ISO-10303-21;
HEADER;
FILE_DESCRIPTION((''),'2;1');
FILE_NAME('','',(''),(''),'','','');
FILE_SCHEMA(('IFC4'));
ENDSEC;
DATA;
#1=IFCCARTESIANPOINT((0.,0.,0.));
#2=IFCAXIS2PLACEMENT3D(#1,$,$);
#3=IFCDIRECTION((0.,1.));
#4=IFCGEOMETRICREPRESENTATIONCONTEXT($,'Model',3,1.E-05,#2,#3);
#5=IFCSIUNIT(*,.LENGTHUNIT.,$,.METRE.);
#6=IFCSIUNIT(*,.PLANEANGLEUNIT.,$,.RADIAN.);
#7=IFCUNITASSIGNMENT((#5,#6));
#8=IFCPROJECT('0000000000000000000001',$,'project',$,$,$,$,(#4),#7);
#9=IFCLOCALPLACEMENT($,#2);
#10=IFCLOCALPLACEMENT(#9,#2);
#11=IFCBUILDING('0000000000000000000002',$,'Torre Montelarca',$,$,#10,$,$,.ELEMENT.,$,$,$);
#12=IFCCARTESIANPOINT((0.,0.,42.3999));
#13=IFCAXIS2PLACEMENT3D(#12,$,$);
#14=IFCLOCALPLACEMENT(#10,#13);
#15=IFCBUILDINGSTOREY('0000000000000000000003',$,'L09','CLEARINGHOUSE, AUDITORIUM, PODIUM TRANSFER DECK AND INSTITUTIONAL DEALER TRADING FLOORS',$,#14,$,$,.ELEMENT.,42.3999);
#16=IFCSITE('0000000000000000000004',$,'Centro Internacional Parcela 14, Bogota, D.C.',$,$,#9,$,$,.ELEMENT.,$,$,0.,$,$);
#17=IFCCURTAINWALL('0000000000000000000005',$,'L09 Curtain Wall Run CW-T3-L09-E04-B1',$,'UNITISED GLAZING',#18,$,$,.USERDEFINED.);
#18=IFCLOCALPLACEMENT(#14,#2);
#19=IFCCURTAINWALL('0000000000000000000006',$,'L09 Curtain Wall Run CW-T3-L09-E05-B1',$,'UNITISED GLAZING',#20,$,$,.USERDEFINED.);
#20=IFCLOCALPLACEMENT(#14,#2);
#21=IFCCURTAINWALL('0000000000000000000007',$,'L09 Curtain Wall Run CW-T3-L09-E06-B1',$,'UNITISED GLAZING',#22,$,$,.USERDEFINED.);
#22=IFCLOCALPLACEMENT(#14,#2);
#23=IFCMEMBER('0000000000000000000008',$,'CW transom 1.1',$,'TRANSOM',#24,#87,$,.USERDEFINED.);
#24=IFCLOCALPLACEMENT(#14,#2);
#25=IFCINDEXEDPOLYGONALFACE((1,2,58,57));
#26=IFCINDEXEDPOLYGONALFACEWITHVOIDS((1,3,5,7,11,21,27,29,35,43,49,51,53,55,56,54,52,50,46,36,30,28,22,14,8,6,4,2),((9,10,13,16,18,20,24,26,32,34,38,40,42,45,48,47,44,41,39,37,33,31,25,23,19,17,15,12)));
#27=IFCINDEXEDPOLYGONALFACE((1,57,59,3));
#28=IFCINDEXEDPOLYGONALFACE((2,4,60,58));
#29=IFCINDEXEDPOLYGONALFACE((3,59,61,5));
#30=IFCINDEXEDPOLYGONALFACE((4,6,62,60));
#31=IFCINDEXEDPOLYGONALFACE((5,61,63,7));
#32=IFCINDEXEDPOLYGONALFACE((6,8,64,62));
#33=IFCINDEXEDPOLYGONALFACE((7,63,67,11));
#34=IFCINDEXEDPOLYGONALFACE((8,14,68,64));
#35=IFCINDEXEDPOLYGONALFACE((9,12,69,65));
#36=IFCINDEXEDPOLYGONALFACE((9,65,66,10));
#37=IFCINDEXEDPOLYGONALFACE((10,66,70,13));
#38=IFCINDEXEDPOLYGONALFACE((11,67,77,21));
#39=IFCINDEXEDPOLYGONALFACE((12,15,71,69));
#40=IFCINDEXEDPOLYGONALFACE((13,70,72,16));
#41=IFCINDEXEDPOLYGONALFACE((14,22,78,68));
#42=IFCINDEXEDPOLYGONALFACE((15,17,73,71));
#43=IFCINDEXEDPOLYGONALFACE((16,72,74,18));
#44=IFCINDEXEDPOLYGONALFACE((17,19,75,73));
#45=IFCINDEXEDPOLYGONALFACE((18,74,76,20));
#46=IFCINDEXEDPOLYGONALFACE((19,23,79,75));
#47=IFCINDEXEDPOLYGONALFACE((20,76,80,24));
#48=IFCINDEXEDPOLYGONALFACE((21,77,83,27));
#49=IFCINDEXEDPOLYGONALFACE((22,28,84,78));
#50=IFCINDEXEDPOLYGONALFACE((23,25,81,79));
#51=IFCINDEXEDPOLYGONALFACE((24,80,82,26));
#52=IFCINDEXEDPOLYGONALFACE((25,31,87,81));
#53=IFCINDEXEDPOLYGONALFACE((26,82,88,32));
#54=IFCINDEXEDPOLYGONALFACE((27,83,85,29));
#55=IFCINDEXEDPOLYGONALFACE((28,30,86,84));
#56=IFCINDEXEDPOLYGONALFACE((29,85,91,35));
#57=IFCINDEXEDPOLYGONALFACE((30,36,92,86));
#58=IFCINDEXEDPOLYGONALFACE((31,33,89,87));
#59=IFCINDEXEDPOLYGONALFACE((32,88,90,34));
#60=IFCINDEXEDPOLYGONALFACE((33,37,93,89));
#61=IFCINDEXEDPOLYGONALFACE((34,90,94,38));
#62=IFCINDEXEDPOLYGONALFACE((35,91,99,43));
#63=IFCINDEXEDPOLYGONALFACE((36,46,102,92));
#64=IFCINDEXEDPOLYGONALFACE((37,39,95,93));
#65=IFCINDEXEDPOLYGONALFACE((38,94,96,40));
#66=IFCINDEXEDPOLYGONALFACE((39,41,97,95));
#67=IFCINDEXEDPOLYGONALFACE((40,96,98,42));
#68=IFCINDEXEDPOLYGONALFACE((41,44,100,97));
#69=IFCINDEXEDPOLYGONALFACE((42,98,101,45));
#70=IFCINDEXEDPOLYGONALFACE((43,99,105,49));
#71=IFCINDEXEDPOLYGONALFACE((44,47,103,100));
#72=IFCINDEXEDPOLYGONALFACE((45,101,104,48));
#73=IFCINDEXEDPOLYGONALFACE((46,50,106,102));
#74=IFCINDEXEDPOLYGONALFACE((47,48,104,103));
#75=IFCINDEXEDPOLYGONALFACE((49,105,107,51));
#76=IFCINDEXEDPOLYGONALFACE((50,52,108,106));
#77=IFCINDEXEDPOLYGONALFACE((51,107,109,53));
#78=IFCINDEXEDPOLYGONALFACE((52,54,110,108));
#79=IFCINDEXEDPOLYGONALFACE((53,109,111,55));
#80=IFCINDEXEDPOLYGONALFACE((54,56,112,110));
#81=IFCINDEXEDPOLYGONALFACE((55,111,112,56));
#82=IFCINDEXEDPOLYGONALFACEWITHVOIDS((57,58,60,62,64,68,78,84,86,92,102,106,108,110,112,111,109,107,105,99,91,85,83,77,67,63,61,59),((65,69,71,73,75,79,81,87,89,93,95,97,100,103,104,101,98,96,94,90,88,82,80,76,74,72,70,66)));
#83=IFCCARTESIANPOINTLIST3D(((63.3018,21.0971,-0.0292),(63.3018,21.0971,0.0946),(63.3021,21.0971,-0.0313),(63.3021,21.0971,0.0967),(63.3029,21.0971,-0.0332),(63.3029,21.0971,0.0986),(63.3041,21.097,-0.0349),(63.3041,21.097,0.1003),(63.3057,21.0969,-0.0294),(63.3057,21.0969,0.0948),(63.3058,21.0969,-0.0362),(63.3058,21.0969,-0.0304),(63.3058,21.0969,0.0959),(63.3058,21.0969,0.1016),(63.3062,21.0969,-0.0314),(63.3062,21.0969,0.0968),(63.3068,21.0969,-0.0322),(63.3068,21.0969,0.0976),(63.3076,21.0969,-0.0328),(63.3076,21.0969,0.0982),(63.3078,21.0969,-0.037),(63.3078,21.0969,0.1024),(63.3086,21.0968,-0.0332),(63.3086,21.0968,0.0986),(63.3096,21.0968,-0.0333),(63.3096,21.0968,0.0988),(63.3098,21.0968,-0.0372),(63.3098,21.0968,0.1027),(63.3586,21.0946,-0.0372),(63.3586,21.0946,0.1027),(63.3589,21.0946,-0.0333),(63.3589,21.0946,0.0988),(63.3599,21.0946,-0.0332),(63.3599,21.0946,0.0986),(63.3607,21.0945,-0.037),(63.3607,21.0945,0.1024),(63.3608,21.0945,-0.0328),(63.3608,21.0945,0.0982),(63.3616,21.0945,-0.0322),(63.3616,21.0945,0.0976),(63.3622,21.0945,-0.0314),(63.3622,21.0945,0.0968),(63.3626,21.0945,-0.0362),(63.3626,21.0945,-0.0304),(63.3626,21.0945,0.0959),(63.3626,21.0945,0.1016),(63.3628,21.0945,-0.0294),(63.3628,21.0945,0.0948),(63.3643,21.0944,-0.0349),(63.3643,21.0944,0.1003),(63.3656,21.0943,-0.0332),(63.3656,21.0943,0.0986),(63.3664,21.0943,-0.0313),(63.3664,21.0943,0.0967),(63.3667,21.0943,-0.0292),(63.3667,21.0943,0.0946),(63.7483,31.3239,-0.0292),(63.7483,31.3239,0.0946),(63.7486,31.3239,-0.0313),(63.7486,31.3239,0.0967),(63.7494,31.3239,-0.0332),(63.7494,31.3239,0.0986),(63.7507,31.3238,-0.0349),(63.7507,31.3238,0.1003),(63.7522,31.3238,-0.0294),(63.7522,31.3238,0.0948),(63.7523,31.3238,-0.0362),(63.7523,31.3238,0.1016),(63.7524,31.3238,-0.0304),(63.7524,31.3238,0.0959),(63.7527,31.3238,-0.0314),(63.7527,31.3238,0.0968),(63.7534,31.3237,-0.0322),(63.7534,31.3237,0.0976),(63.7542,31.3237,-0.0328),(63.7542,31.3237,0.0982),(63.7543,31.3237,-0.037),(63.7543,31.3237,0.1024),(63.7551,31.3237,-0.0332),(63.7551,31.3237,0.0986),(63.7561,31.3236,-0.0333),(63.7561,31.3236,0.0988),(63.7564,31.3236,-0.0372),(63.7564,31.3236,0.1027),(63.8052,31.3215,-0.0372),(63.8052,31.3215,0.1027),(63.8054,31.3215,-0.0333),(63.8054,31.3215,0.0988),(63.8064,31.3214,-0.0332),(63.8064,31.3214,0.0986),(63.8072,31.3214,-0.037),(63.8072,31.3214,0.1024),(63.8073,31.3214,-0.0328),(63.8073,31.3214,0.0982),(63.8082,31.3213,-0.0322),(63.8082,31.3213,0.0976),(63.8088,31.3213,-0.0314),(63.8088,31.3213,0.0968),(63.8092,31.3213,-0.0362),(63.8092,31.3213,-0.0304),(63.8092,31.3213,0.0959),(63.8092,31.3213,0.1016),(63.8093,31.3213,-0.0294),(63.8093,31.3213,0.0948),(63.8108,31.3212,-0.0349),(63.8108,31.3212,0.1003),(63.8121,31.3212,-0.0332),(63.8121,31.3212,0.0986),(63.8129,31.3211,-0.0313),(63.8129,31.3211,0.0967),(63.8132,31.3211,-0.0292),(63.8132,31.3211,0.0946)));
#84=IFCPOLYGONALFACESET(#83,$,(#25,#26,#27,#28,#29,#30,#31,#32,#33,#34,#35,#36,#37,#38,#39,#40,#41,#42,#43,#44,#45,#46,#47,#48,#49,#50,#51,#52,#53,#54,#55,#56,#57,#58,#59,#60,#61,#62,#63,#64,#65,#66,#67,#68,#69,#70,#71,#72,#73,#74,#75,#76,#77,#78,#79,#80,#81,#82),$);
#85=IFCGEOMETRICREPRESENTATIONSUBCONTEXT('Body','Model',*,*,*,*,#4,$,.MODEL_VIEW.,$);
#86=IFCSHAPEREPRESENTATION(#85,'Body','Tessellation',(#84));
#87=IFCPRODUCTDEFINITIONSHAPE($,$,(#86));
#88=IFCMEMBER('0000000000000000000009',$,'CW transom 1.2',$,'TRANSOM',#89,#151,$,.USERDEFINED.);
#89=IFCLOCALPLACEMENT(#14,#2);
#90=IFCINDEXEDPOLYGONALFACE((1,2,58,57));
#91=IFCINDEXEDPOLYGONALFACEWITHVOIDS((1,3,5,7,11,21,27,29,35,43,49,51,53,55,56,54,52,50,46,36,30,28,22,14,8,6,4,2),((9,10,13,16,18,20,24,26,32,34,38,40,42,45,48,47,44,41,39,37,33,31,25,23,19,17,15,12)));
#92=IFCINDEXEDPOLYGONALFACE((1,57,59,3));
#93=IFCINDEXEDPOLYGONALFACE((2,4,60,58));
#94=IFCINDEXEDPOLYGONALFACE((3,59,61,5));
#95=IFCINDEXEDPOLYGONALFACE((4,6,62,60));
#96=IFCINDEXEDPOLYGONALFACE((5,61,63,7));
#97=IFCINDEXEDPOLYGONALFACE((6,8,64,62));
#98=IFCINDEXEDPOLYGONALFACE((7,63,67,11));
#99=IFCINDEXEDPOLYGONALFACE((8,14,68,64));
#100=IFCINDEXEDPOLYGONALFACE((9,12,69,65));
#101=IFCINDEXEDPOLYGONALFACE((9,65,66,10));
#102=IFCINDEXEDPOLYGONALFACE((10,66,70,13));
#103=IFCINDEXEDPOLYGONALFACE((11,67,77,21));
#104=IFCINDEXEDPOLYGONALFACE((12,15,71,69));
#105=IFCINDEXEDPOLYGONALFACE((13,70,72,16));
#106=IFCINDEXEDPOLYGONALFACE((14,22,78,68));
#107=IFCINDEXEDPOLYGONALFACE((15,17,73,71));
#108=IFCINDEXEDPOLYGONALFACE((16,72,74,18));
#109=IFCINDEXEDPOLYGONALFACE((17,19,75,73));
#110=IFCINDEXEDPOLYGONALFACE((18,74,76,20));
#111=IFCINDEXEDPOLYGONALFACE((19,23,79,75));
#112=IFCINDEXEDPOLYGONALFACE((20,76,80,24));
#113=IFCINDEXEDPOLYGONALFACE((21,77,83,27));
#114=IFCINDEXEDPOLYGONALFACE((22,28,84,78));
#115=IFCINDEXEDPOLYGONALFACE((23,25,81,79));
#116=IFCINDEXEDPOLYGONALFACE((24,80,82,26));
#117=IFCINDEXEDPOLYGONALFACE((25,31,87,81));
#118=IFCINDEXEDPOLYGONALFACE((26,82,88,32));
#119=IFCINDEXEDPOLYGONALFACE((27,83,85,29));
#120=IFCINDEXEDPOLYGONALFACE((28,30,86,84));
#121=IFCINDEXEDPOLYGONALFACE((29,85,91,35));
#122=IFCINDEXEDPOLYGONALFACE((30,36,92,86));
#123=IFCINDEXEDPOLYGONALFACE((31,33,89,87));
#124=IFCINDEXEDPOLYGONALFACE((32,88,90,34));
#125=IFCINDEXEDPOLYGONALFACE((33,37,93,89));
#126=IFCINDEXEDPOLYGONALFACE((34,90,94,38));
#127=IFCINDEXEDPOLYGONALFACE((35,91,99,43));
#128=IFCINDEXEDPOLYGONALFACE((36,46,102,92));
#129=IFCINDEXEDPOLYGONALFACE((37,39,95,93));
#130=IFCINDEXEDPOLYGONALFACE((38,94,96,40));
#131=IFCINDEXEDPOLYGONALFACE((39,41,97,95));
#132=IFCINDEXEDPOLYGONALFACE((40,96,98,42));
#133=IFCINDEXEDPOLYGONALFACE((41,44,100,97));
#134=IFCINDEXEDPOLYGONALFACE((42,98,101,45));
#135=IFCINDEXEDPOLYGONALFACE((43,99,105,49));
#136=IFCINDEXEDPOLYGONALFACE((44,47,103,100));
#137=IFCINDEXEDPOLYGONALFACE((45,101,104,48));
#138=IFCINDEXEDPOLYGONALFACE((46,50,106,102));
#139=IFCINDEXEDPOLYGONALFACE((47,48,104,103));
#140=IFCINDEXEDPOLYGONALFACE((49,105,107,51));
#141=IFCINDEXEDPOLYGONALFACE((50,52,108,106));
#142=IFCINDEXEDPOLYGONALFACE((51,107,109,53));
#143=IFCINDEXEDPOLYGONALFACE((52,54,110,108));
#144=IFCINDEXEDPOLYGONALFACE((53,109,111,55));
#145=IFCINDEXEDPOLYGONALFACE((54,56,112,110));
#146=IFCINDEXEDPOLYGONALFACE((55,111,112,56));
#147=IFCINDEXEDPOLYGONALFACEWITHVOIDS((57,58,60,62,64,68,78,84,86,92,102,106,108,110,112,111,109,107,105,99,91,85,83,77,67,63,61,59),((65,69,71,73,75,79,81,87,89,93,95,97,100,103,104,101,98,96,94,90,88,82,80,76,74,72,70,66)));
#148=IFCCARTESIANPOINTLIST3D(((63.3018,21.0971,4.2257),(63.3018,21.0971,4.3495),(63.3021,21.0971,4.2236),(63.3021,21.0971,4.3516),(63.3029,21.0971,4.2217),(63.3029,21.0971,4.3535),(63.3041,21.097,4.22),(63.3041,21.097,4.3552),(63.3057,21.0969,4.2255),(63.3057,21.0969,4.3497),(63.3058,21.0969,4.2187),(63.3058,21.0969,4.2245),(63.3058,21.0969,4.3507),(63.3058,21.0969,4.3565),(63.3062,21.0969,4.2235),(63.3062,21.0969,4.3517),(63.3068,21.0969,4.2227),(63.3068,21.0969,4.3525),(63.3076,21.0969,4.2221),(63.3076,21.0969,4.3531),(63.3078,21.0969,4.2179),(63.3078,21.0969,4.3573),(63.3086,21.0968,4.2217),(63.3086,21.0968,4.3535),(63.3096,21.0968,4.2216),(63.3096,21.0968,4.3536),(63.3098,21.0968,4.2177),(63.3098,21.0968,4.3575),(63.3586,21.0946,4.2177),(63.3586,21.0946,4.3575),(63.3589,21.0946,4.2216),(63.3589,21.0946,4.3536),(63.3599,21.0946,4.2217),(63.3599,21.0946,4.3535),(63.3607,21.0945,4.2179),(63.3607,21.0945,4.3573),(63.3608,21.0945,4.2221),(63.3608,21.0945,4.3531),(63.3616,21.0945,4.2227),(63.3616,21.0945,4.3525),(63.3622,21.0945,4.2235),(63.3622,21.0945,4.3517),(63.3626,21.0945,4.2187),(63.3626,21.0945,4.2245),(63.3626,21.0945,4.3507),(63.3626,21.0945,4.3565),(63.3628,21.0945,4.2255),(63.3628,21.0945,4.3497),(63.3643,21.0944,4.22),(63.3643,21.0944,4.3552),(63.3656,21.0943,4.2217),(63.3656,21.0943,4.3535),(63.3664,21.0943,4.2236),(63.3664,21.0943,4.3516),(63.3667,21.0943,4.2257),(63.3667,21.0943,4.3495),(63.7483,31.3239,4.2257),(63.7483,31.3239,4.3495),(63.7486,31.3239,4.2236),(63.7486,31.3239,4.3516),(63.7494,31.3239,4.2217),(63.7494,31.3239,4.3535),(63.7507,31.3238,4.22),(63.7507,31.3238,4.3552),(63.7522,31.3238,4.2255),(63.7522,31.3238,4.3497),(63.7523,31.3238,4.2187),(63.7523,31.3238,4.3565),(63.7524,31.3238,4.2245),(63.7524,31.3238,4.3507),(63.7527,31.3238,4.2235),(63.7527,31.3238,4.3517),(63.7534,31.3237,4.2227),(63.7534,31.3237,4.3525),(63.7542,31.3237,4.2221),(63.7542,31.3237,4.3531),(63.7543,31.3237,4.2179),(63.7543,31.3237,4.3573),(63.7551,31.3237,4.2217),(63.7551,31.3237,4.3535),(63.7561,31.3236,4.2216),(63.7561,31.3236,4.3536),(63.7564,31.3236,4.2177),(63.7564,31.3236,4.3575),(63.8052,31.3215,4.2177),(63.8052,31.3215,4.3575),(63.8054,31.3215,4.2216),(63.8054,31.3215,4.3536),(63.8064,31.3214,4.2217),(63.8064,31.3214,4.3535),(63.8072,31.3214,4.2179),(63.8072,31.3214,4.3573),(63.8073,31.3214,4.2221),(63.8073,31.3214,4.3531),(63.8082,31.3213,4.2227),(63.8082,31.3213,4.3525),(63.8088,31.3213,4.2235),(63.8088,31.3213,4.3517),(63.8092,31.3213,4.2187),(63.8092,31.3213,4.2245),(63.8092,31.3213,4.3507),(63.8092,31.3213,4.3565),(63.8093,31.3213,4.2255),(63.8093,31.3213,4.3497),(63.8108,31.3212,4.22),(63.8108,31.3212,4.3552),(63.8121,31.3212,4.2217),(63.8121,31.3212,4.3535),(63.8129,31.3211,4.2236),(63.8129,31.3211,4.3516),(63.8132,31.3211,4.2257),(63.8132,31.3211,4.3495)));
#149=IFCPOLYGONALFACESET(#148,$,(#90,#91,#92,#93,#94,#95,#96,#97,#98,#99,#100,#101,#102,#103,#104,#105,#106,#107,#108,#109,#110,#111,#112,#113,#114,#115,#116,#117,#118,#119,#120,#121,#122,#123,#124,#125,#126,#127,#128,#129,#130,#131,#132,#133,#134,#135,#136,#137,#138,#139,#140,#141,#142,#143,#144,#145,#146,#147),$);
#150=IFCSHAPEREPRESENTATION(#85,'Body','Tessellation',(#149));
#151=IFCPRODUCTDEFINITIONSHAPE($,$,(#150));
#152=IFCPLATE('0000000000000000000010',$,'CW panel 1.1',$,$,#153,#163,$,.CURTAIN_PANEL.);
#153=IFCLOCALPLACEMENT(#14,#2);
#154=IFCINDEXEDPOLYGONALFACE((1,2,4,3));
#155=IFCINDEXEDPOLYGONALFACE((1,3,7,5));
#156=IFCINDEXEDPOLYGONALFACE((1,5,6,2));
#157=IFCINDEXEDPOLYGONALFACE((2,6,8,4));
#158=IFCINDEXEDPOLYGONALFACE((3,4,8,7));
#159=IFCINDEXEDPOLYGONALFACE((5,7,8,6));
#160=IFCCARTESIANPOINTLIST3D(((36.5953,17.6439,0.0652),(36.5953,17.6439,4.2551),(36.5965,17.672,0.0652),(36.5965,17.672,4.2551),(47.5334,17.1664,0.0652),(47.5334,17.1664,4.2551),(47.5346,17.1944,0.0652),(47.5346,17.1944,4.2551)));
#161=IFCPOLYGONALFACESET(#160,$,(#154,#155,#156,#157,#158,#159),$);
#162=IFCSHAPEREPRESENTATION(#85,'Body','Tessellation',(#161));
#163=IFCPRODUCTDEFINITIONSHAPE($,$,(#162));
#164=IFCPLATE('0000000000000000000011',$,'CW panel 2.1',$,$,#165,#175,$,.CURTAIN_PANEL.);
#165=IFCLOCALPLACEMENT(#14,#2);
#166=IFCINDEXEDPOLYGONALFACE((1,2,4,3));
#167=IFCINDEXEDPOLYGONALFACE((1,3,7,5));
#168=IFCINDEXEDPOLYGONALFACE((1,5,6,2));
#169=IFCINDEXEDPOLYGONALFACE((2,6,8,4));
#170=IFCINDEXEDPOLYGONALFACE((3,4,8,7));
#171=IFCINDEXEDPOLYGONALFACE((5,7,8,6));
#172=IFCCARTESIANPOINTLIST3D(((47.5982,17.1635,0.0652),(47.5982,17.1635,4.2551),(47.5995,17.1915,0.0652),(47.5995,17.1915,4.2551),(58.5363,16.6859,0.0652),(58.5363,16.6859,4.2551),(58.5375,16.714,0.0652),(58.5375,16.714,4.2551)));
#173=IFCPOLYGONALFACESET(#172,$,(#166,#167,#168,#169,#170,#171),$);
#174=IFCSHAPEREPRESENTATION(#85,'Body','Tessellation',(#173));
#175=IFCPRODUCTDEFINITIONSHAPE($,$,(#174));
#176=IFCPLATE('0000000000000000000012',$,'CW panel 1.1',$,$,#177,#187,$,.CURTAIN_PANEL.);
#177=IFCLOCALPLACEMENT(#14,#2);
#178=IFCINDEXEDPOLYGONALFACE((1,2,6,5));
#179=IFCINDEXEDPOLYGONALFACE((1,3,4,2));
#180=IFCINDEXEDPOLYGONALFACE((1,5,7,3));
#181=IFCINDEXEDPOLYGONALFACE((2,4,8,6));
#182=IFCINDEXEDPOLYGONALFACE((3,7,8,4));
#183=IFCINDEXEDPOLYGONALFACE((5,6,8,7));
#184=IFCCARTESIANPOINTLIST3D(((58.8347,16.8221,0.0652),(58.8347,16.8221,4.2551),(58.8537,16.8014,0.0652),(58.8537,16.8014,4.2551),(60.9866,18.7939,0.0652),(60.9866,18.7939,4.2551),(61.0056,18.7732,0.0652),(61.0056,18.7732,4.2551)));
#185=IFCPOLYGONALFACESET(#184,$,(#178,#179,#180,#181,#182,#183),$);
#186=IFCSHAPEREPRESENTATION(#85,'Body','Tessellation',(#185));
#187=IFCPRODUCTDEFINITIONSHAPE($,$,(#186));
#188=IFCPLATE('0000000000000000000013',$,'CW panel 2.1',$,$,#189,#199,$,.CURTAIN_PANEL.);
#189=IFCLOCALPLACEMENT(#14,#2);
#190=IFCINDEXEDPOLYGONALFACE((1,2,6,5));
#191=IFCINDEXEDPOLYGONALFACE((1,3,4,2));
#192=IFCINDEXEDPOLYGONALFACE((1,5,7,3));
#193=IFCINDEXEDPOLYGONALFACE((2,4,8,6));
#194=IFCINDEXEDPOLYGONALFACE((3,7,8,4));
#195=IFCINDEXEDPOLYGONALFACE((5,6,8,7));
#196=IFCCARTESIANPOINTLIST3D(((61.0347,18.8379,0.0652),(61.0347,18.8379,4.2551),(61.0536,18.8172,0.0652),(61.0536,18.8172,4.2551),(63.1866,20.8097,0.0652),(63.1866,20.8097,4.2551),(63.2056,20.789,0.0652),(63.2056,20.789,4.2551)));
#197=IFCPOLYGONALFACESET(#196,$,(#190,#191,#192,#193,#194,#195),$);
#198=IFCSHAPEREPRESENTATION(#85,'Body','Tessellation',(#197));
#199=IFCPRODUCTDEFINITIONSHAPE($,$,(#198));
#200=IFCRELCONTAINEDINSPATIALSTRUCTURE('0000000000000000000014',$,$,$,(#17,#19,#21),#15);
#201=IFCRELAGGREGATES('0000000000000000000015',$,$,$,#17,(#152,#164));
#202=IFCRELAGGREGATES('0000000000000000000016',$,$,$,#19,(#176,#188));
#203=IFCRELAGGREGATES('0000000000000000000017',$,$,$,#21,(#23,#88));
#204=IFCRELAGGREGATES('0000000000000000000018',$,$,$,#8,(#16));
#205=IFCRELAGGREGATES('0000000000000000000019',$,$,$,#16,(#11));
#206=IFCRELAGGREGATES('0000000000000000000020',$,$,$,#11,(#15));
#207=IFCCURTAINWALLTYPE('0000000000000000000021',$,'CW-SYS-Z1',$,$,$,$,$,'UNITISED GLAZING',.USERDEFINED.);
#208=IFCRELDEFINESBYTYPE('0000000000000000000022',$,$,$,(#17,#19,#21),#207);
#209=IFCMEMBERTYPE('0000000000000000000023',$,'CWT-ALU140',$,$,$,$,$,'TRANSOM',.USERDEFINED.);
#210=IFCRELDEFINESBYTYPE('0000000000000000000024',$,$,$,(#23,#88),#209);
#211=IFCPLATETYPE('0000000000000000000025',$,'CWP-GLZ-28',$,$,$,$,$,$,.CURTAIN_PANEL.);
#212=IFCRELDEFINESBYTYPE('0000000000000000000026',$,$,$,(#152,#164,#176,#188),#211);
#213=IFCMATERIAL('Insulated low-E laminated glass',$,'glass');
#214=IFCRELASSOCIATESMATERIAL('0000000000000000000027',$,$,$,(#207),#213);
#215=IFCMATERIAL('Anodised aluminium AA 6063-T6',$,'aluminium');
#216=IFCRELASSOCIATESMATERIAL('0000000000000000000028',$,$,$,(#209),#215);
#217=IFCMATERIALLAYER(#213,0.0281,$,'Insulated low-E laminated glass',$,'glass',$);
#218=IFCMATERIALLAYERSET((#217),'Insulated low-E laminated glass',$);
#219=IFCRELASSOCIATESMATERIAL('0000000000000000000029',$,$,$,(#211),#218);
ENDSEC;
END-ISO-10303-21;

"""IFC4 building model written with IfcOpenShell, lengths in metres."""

from ifc_helpers import new_model, si_unit, direction, frame, origin, origin_2d, place, context, subcontext, project, spatial, rectangle, hollow_rectangle, extrude, source, transform, mapped, material, layer, layer_set, material_profile, profile_set, type_object, element, aggregate, save


model = new_model("IFC4")

# Units and contexts
model_context = context("Model", 3, precision=1e-05, world=origin(), true_north=direction((0.0, 1.0)))
body_context = subcontext(model_context, "Body", "Model", "MODEL_VIEW")
ifc_project = project(units=[si_unit("LENGTHUNIT", "METRE"), si_unit("PLANEANGLEUNIT", "RADIAN")], contexts=[model_context])

# Site, building, storey
site_placement = place(None, origin())
site = spatial("IfcSite", under=ifc_project, at=site_placement, Name="Centro Internacional Parcela 14, Bogota, D.C.", CompositionType="ELEMENT", RefElevation=0.0)
building_placement = place(site_placement, origin())
building = spatial("IfcBuilding", under=site, at=building_placement, Name="Torre Montelarca", CompositionType="ELEMENT")
storey_placement = place(building_placement, frame((0.0, 0.0, 42.3999)))
storey = spatial("IfcBuildingStorey", under=building, at=storey_placement, Name="L09", Description="CLEARINGHOUSE, AUDITORIUM, PODIUM TRANSFER DECK AND INSTITUTIONAL DEALER TRADING FLOORS", CompositionType="ELEMENT", Elevation=42.3999)

# Curtain walls
ifc_material_1 = material(Name="Insulated low-E laminated glass", Category="glass")
curtain_wall_type = type_object("IfcCurtainWallType", Name="CW-SYS-Z1", ElementType="UNITISED GLAZING", PredefinedType="USERDEFINED", material=ifc_material_1)
curtain_wall_1_placement = place(storey_placement, origin())
curtain_wall_1 = element("IfcCurtainWall", 1, at=curtain_wall_1_placement, inside=storey, type_object=curtain_wall_type, Name="L09 Curtain Wall Run CW-T3-L09-E04-B1", ObjectType="UNITISED GLAZING", PredefinedType="USERDEFINED")
ifc_material_2 = material(Name="Anodised aluminium AA 6063-T6", Category="aluminium")
curtain_wall_2_placement = place(storey_placement, origin())
curtain_wall_2 = element("IfcCurtainWall", 2, at=curtain_wall_2_placement, inside=storey, type_object=curtain_wall_type, Name="L09 Curtain Wall Run CW-T3-L09-E05-B1", ObjectType="UNITISED GLAZING", PredefinedType="USERDEFINED")

# Curtain wall
curtain_wall_3_placement = place(storey_placement, origin())
curtain_wall_3 = element("IfcCurtainWall", 3, at=curtain_wall_3_placement, inside=storey, type_object=curtain_wall_type, Name="L09 Curtain Wall Run CW-T3-L09-E06-B1", ObjectType="UNITISED GLAZING", PredefinedType="USERDEFINED")

# Members
ifc_material_profile_1 = material_profile(ifc_material_2, hollow_rectangle(XDim=0.0649, YDim=0.1399, WallThickness=0.0039, InnerFilletRadius=0.0039, OuterFilletRadius=0.0081, at=origin_2d()), Name="ALU65X140X4", Category="aluminium")
ifc_profile_set_1 = profile_set([ifc_material_profile_1], Name="Anodised aluminium AA 6063-T6")
member_type_1 = type_object("IfcMemberType", Name="CWT-ALU140", ElementType="TRANSOM", PredefinedType="USERDEFINED", material=ifc_profile_set_1)
shared_shape_1 = source(origin(), body_context, "Body", "SweptSolid", [
    extrude(hollow_rectangle(XDim=0.0649, YDim=0.1399, WallThickness=0.0039, InnerFilletRadius=0.0039, OuterFilletRadius=0.0081, at=origin_2d()), origin(), (0.0, 0.0, 1.0), 10.2366),
])
member_1_placement = place(storey_placement, frame((63.3342, 21.0957, 0.0327), z_axis=(0.043621, 0.999048, 0.0), x_axis=(-0.999048, 0.043621, 0.0)))
member_1 = element("IfcMember", 4, at=member_1_placement, type_object=member_type_1, Name="CW transom 1.1", ObjectType="TRANSOM", PredefinedType="USERDEFINED", context=body_context, shape_type="MappedRepresentation", body=[
    mapped(shared_shape_1, transform((0.0, 0.0, 0.0), scale=1.0)),
])
member_2_placement = place(storey_placement, frame((63.3342, 21.0957, 4.2876), z_axis=(0.043621, 0.999048, 0.0), x_axis=(-0.999048, 0.043621, 0.0)))
member_2 = element("IfcMember", 5, at=member_2_placement, type_object=member_type_1, Name="CW transom 1.2", ObjectType="TRANSOM", PredefinedType="USERDEFINED", context=body_context, shape_type="MappedRepresentation", body=[
    mapped(shared_shape_1, transform((0.0, 0.0, 0.0), scale=1.0)),
])

# Plates
ifc_layer_1 = layer(ifc_material_1, 0.0281, Name="Insulated low-E laminated glass", Category="glass")
ifc_layer_set_1 = layer_set([ifc_layer_1], Name="Insulated low-E laminated glass")
plate_type_1 = type_object("IfcPlateType", Name="CWP-GLZ-28", PredefinedType="CURTAIN_PANEL", material=ifc_layer_set_1)
shared_shape_2 = source(origin(), body_context, "Body", "SweptSolid", [
    extrude(rectangle(XDim=10.9485, YDim=0.0281, at=origin_2d()), origin(), (0.0, 0.0, 1.0), 4.1899),
])
plate_1_placement = place(storey_placement, frame((42.0649, 17.4192, 0.0652), z_axis=(0.0, 0.0, 1.0), x_axis=(0.999048, -0.043617, 0.0)))
plate_1 = element("IfcPlate", 6, at=plate_1_placement, type_object=plate_type_1, Name="CW panel 1.1", PredefinedType="CURTAIN_PANEL", context=body_context, shape_type="MappedRepresentation", body=[
    mapped(shared_shape_2, transform((0.0, 0.0, 0.0), scale=1.0)),
])
plate_2_placement = place(storey_placement, frame((53.0679, 16.9387, 0.0652), z_axis=(0.0, 0.0, 1.0), x_axis=(0.999048, -0.043617, 0.0)))
plate_2 = element("IfcPlate", 7, at=plate_2_placement, type_object=plate_type_1, Name="CW panel 2.1", PredefinedType="CURTAIN_PANEL", context=body_context, shape_type="MappedRepresentation", body=[
    mapped(shared_shape_2, transform((0.0, 0.0, 0.0), scale=1.0)),
])
aggregate(curtain_wall_1, [plate_1, plate_2])
shared_shape_3 = source(origin(), body_context, "Body", "SweptSolid", [
    extrude(rectangle(XDim=2.9187, YDim=0.0281, at=origin_2d()), origin(), (0.0, 0.0, 1.0), 4.1899),
])
plate_3_placement = place(storey_placement, frame((59.9202, 17.7976, 0.0652), z_axis=(0.0, 0.0, 1.0), x_axis=(0.737292, 0.675574, 0.0)))
plate_3 = element("IfcPlate", 8, at=plate_3_placement, type_object=plate_type_1, Name="CW panel 1.1", PredefinedType="CURTAIN_PANEL", context=body_context, shape_type="MappedRepresentation", body=[
    mapped(shared_shape_3, transform((0.0, 0.0, 0.0), scale=1.0)),
])
plate_4_placement = place(storey_placement, frame((62.1201, 19.8135, 0.0652), z_axis=(0.0, 0.0, 1.0), x_axis=(0.737292, 0.675574, 0.0)))
plate_4 = element("IfcPlate", 9, at=plate_4_placement, type_object=plate_type_1, Name="CW panel 2.1", PredefinedType="CURTAIN_PANEL", context=body_context, shape_type="MappedRepresentation", body=[
    mapped(shared_shape_3, transform((0.0, 0.0, 0.0), scale=1.0)),
])
aggregate(curtain_wall_2, [plate_3, plate_4])
aggregate(curtain_wall_3, [member_1, member_2])

save(model, "model.ifc")
